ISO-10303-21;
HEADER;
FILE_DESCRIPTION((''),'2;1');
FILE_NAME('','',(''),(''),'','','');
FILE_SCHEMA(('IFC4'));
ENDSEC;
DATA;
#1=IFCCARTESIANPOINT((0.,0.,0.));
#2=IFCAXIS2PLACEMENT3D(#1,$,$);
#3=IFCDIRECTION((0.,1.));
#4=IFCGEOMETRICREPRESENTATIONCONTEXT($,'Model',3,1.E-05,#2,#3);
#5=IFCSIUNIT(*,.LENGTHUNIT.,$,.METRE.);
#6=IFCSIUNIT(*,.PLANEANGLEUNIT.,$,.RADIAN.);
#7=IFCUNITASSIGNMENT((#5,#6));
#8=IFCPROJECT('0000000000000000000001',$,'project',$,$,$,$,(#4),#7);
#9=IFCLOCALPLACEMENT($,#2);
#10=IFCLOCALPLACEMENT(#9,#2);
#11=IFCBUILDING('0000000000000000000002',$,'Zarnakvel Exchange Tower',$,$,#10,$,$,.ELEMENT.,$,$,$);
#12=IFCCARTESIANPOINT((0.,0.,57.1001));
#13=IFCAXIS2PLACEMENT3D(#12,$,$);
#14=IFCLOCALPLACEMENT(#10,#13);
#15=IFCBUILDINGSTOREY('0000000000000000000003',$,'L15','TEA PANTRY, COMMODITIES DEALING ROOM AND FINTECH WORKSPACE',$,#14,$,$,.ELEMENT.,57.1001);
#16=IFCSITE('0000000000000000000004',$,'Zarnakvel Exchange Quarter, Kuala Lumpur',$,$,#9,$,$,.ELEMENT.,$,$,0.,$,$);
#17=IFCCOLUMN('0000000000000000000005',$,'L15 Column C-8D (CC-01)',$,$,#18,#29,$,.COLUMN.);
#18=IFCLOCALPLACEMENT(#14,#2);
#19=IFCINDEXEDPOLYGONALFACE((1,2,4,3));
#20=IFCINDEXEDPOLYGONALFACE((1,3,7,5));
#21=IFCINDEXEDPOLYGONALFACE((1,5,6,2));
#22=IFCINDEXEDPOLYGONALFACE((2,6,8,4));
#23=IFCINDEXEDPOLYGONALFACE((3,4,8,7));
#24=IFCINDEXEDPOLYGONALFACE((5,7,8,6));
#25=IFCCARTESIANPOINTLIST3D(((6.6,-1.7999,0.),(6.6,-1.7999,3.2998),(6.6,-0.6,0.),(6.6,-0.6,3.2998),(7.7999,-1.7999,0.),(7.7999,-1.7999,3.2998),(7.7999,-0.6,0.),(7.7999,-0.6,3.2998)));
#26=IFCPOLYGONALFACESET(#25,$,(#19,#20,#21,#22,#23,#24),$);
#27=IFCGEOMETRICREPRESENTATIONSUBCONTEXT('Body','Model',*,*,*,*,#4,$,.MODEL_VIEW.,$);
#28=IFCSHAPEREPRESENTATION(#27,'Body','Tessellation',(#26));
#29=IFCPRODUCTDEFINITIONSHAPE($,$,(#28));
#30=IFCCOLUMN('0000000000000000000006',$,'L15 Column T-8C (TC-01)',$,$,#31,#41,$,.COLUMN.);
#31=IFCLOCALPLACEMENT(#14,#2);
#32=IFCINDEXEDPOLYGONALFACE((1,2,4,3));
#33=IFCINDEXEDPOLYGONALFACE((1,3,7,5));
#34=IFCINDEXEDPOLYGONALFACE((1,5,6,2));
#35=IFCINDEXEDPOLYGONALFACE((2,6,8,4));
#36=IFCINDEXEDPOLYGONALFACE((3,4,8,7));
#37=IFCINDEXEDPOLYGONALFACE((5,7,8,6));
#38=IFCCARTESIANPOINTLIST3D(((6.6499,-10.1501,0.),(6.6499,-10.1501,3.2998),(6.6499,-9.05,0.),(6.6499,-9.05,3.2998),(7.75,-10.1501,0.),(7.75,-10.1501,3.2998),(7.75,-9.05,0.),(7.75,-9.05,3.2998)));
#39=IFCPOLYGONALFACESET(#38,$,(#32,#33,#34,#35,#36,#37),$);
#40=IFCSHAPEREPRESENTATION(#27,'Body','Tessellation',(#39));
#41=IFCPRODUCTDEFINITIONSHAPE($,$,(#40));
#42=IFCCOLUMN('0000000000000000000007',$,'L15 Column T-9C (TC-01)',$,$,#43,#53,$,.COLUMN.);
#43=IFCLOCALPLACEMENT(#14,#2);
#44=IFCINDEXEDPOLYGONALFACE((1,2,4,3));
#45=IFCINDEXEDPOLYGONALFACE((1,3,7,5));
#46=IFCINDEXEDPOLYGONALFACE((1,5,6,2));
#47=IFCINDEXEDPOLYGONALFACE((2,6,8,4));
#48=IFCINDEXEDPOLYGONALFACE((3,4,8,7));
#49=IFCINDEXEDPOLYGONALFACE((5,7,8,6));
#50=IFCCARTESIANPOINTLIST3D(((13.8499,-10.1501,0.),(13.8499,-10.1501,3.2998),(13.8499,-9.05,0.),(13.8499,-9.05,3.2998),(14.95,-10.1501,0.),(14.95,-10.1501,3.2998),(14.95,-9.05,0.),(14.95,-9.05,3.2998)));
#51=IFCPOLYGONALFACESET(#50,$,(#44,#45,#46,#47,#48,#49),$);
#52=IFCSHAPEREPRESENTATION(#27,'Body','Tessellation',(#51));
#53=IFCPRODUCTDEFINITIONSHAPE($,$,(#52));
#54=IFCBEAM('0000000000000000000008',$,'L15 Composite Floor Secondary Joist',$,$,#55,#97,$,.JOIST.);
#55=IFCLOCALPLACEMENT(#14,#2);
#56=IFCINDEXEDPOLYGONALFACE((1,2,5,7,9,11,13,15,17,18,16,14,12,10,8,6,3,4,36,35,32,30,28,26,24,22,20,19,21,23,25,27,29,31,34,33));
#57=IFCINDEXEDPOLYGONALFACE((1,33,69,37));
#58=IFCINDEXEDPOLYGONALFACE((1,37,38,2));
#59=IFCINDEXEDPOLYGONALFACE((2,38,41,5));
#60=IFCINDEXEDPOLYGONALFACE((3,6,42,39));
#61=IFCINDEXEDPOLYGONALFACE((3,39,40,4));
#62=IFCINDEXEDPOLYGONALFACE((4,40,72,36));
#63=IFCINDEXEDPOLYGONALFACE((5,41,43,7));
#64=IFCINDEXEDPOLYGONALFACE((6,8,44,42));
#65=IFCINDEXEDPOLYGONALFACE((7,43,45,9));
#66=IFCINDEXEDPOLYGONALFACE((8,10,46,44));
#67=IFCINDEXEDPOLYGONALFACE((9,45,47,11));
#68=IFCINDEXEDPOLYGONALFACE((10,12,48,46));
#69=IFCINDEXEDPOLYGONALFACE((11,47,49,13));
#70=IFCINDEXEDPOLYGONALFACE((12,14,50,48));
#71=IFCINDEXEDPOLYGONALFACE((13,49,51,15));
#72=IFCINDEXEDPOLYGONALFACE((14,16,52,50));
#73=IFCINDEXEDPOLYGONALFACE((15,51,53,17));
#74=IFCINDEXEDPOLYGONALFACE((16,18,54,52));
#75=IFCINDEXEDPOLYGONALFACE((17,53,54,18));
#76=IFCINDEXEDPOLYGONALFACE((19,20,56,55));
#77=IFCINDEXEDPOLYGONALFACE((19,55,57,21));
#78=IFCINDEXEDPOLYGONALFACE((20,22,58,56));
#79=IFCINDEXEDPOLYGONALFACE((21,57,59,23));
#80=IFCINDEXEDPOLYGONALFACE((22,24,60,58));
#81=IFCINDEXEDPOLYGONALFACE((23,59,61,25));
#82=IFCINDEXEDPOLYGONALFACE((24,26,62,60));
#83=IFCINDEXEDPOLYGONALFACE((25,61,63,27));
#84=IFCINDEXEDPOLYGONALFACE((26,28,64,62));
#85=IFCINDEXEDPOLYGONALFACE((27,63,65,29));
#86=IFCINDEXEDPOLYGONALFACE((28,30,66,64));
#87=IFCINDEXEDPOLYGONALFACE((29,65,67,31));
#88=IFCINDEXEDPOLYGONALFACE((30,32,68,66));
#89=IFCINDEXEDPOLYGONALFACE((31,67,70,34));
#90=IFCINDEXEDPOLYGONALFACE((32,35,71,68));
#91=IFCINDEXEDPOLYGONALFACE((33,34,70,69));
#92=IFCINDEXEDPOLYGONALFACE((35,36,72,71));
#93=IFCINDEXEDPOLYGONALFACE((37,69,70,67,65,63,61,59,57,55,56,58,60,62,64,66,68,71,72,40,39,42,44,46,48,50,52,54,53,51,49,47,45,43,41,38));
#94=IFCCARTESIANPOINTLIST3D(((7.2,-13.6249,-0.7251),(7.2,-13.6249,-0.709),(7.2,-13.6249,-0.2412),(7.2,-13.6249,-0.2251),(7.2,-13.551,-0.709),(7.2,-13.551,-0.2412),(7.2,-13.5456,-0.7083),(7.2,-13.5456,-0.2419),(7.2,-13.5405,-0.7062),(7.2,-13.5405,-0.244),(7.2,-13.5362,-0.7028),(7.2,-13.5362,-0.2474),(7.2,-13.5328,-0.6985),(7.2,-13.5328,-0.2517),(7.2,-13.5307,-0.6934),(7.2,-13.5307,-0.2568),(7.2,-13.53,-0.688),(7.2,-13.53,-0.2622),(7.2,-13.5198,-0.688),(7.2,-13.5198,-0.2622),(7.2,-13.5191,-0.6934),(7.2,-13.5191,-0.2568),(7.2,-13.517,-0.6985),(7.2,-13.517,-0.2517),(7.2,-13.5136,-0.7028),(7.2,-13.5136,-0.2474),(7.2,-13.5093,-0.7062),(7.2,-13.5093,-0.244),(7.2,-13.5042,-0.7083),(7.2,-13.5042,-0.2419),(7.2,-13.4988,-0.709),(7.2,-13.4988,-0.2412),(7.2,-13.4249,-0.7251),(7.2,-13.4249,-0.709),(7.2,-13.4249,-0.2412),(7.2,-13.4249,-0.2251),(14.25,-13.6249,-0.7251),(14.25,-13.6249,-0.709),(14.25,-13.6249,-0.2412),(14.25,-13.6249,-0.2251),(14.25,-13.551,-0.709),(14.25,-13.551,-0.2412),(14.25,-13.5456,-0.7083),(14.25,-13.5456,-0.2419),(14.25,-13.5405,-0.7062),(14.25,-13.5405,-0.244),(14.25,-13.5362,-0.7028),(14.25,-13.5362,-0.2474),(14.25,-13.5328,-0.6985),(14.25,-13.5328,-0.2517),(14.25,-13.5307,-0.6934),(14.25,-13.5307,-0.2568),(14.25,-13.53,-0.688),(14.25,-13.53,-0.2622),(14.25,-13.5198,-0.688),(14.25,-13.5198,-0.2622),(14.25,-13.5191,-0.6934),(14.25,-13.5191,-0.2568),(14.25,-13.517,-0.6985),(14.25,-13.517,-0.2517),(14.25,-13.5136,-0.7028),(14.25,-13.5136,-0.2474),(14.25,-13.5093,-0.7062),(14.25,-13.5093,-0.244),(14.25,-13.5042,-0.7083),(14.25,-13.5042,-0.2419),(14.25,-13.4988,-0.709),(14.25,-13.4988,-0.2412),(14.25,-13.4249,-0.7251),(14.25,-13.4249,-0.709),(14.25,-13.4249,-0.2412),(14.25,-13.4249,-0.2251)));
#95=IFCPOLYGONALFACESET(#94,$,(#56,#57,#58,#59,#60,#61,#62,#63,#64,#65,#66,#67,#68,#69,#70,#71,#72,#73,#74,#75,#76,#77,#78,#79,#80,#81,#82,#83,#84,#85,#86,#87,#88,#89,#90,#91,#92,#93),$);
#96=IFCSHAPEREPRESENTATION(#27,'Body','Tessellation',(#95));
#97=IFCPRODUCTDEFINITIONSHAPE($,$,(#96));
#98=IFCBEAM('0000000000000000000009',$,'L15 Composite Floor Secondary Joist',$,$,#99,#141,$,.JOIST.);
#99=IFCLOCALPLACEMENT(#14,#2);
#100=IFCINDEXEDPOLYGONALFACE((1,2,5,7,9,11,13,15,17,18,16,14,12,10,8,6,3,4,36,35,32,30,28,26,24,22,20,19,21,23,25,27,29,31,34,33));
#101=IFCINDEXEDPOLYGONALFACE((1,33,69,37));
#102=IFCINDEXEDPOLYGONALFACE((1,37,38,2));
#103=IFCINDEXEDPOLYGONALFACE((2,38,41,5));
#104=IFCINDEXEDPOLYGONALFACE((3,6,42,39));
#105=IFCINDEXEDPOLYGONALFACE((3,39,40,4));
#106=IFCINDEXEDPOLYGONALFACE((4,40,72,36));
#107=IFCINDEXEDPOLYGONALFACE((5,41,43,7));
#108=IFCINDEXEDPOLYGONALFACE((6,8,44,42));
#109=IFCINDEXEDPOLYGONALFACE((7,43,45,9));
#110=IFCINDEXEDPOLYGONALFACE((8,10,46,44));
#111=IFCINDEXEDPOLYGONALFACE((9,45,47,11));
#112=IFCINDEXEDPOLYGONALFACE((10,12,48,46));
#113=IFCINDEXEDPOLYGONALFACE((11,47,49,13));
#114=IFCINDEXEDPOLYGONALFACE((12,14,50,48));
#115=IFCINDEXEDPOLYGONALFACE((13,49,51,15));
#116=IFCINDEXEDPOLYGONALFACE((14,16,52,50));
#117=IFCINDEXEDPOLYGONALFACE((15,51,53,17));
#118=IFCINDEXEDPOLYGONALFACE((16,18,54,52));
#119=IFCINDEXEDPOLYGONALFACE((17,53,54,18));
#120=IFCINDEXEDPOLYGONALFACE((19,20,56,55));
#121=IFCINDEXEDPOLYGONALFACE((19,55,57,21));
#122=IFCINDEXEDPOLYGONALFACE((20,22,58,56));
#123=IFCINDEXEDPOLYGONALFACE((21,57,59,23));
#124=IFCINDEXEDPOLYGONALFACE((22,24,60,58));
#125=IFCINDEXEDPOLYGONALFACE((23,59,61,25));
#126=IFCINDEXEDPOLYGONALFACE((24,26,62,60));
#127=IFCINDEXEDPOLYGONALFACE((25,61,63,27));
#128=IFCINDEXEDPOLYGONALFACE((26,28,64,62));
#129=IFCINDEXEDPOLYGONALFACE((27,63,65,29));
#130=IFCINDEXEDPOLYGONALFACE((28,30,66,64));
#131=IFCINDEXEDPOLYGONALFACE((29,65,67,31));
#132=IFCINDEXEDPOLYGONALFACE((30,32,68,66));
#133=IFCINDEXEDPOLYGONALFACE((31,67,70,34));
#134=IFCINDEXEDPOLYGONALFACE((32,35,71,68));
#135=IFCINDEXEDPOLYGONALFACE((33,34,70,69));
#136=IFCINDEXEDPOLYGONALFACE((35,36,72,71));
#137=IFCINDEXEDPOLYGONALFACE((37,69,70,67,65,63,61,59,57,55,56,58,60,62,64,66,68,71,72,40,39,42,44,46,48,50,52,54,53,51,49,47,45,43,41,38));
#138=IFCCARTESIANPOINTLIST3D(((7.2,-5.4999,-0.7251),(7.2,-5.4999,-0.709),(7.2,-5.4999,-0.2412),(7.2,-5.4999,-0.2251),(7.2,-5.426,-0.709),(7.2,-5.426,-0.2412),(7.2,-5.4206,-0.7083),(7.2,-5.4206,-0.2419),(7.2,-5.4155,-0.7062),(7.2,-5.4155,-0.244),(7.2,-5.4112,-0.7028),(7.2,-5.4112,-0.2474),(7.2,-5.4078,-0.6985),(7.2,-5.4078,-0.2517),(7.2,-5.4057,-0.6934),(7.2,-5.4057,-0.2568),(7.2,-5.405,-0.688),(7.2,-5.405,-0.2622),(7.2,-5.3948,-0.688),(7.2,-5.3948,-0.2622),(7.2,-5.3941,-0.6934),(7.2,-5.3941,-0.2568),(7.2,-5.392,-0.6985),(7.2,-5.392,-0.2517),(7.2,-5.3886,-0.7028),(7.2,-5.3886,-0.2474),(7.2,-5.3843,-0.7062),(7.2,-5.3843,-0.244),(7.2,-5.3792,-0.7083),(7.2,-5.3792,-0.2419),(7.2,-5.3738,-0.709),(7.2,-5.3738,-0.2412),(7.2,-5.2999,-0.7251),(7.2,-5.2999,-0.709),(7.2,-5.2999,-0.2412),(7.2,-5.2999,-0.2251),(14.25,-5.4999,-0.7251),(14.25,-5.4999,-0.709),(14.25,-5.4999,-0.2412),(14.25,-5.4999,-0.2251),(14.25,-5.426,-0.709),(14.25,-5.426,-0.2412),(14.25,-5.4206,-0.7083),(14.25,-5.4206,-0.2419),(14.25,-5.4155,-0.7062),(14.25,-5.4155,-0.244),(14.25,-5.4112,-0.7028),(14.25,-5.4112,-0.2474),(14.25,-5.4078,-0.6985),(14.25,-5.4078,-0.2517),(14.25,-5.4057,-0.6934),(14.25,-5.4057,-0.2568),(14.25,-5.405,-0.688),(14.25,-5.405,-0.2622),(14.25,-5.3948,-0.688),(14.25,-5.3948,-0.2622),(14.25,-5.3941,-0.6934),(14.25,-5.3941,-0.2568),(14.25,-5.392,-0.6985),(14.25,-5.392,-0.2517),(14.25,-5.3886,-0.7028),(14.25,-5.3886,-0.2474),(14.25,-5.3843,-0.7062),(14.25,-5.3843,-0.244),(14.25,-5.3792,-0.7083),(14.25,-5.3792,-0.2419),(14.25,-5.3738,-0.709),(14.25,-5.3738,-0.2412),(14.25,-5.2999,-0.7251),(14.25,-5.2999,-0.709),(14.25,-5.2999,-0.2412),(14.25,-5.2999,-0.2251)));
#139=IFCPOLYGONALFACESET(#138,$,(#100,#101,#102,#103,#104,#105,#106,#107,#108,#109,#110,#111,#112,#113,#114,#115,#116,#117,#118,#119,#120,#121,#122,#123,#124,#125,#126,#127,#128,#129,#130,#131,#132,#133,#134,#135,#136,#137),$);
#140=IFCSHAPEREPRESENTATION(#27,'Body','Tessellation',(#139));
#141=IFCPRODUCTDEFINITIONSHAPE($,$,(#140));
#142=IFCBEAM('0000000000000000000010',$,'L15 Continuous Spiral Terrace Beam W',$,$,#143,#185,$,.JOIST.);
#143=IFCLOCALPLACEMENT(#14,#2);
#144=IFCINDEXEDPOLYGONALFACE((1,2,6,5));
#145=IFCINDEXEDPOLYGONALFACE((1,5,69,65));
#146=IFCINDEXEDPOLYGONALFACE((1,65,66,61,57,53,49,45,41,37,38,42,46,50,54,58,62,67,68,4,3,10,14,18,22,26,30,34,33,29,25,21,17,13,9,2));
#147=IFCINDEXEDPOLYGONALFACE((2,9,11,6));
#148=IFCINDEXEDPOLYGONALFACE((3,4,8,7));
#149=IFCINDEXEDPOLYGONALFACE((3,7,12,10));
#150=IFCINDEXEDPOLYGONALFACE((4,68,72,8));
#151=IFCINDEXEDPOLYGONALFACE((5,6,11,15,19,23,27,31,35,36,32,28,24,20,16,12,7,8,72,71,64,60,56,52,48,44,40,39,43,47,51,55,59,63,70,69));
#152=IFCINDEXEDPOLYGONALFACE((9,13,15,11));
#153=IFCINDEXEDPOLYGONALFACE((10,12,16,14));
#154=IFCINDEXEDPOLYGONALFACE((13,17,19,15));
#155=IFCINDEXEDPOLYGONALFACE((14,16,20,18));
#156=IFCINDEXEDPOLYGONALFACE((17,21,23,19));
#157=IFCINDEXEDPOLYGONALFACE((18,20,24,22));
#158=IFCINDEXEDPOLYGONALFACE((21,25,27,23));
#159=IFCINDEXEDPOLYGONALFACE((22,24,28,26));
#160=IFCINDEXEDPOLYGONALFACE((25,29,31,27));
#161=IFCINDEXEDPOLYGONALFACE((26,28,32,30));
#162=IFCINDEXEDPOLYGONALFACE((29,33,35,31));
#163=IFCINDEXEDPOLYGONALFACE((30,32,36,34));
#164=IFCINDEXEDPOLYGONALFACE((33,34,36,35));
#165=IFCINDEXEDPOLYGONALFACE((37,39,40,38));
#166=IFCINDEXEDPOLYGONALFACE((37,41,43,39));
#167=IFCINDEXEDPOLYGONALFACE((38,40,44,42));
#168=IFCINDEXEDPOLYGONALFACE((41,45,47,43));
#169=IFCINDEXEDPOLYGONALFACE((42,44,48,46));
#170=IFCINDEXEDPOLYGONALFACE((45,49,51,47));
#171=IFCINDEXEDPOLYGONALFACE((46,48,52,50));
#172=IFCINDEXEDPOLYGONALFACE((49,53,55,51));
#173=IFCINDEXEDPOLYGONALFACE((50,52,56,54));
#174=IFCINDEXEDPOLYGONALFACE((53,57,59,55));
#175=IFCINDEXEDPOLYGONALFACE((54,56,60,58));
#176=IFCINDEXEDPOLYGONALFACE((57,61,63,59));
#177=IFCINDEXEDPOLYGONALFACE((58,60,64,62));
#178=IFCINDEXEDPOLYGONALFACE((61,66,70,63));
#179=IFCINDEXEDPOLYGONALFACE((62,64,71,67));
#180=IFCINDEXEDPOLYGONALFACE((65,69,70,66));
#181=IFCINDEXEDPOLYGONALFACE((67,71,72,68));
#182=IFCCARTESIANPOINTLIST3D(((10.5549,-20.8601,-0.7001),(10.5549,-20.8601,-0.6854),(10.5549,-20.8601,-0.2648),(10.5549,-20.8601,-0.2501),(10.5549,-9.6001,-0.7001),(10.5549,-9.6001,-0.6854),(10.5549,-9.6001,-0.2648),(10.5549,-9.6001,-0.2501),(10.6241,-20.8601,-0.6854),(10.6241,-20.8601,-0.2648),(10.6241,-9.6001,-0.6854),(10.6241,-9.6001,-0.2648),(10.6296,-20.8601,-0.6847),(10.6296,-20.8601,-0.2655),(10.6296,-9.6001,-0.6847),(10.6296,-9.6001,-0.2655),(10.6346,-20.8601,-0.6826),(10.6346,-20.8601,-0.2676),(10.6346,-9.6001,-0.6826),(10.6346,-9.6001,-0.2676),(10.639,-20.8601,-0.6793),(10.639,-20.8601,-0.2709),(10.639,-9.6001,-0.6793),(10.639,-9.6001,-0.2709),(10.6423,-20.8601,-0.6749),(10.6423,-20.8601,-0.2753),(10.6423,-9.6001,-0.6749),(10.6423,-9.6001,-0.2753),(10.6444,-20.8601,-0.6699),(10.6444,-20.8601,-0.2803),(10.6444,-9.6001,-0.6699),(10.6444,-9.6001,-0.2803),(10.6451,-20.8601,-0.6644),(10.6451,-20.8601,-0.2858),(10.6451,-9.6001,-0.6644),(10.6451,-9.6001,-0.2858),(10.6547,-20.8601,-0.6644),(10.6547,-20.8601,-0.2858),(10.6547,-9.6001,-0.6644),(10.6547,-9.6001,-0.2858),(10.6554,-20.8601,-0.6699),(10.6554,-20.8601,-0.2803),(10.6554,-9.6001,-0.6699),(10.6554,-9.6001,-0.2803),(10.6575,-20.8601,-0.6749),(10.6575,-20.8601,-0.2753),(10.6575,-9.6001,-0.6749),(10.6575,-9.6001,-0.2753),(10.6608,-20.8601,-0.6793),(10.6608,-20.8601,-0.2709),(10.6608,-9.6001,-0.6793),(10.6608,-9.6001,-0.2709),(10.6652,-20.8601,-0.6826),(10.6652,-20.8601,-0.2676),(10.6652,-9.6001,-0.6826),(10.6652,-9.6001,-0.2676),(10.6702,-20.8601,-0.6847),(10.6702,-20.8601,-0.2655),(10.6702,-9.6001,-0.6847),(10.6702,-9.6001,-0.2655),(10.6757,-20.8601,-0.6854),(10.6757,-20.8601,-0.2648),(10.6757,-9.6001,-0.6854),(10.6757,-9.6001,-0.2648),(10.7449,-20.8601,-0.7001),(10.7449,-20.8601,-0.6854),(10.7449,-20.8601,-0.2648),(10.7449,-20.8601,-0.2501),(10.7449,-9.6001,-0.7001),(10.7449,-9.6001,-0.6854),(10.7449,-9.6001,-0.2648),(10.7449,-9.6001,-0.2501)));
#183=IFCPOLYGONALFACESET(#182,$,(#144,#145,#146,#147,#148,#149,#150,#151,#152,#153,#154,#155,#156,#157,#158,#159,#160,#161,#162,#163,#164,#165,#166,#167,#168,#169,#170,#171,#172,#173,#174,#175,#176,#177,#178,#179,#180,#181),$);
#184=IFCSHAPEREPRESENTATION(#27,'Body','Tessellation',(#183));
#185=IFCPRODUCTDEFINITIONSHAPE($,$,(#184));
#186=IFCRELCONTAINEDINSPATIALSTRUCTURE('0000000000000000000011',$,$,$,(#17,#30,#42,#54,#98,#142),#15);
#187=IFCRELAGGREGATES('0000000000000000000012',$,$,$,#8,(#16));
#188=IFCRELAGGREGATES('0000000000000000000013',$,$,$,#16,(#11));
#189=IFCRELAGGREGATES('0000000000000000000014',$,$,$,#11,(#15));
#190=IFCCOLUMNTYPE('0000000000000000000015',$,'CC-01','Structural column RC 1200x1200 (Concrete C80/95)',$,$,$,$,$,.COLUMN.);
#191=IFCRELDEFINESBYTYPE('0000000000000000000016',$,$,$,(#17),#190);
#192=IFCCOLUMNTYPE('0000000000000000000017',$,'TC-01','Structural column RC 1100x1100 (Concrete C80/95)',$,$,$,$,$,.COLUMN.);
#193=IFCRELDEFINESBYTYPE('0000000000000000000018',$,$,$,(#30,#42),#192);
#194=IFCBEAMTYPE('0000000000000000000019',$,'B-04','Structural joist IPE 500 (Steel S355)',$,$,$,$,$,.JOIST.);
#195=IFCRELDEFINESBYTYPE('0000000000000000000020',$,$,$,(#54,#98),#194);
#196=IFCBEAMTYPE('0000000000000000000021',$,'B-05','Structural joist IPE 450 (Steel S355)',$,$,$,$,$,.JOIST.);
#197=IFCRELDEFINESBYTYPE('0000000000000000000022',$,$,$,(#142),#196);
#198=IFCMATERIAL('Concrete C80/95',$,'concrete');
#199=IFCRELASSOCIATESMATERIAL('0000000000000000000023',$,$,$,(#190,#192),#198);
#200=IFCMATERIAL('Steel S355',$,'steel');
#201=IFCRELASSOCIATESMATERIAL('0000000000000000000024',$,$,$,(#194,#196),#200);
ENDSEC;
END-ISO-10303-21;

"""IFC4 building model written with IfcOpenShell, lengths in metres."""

from ifc_helpers import new_model, si_unit, direction, frame, origin, origin_2d, place, context, subcontext, project, spatial, rectangle, i_section, extrude, material, material_profile, profile_set, type_object, element, save


model = new_model("IFC4")

# Units and contexts
model_context = context("Model", 3, precision=1e-05, world=origin(), true_north=direction((0.0, 1.0)))
body_context = subcontext(model_context, "Body", "Model", "MODEL_VIEW")
ifc_project = project(units=[si_unit("LENGTHUNIT", "METRE"), si_unit("PLANEANGLEUNIT", "RADIAN")], contexts=[model_context])

# Site, building, storey
site_placement = place(None, origin())
site = spatial("IfcSite", under=ifc_project, at=site_placement, Name="Zarnakvel Exchange Quarter, Kuala Lumpur", CompositionType="ELEMENT", RefElevation=0.0)
building_placement = place(site_placement, origin())
building = spatial("IfcBuilding", under=site, at=building_placement, Name="Zarnakvel Exchange Tower", CompositionType="ELEMENT")
storey_placement = place(building_placement, frame((0.0, 0.0, 57.1001)))
storey = spatial("IfcBuildingStorey", under=building, at=storey_placement, Name="L15", Description="TEA PANTRY, COMMODITIES DEALING ROOM AND FINTECH WORKSPACE", CompositionType="ELEMENT", Elevation=57.1001)

# Columns
ifc_material_1 = material(Name="Concrete C80/95", Category="concrete")
ifc_material_profile_1 = material_profile(ifc_material_1, rectangle(XDim=1.2, YDim=1.2, at=origin_2d()))
ifc_profile_set_1 = profile_set([ifc_material_profile_1], Name="Concrete C80/95")
column_type_1 = type_object("IfcColumnType", Name="CC-01", Description="Structural column RC 1200x1200 (Concrete C80/95)", PredefinedType="COLUMN", material=ifc_profile_set_1)
column_placement = place(storey_placement, frame((7.2, -1.2, 0.0), z_axis=(0.0, 0.0, 1.0), x_axis=(1.0, 0.0, 0.0)))
element("IfcColumn", 1, at=column_placement, inside=storey, type_object=column_type_1, Name="L15 Column C-8D (CC-01)", PredefinedType="COLUMN", context=body_context, shape_type="SweptSolid", body=[
    extrude(rectangle(XDim=1.2, YDim=1.2, at=origin_2d()), origin(), (0.0, 0.0, 1.0), 3.2998),
])
ifc_material_profile_2 = material_profile(ifc_material_1, rectangle(XDim=1.1001, YDim=1.1001, at=origin_2d()))
ifc_profile_set_2 = profile_set([ifc_material_profile_2], Name="Concrete C80/95")
column_type_2 = type_object("IfcColumnType", Name="TC-01", Description="Structural column RC 1100x1100 (Concrete C80/95)", PredefinedType="COLUMN", material=ifc_profile_set_2)
for number, where, z_axis, x_axis, name in (
    (2, (7.2, -9.6001, 0.0), (0.0, 0.0, 1.0), (1.0, 0.0, 0.0), "L15 Column T-8C (TC-01)"),
    (3, (14.3999, -9.6001, 0.0), (0.0, 0.0, 1.0), (1.0, 0.0, 0.0), "L15 Column T-9C (TC-01)"),
):
    element("IfcColumn", number, at=place(storey_placement, frame(where, z_axis=z_axis, x_axis=x_axis)), inside=storey, type_object=column_type_2, Name=name, PredefinedType="COLUMN", context=body_context, shape_type="SweptSolid", body=[
        extrude(rectangle(XDim=1.1001, YDim=1.1001, at=origin_2d()), origin(), (0.0, 0.0, 1.0), 3.2998),
    ])

# Beams
ifc_material_2 = material(Name="Steel S355", Category="steel")
ifc_material_profile_3 = material_profile(ifc_material_2, i_section(OverallWidth=0.2, OverallDepth=0.5, WebThickness=0.0103, FlangeThickness=0.0161, FilletRadius=0.021, at=origin_2d()))
ifc_profile_set_3 = profile_set([ifc_material_profile_3], Name="Steel S355")
beam_type_1 = type_object("IfcBeamType", Name="B-04", Description="Structural joist IPE 500 (Steel S355)", PredefinedType="JOIST", material=ifc_profile_set_3)
for number, where, z_axis, x_axis, name in (
    (4, (7.2, -13.5249, -0.4751), (1.0, 0.0, 0.0), (0.0, 1.0, 0.0), "L15 Composite Floor Secondary Joist"),
    (5, (7.2, -5.3999, -0.4751), (1.0, 0.0, 0.0), (0.0, 1.0, 0.0), "L15 Composite Floor Secondary Joist"),
):
    element("IfcBeam", number, at=place(storey_placement, frame(where, z_axis=z_axis, x_axis=x_axis)), inside=storey, type_object=beam_type_1, Name=name, PredefinedType="JOIST", context=body_context, shape_type="SweptSolid", body=[
        extrude(i_section(OverallWidth=0.2, OverallDepth=0.5, WebThickness=0.0103, FlangeThickness=0.0161, FilletRadius=0.021, at=origin_2d()), origin(), (0.0, 0.0, 1.0), 7.05),
    ])
ifc_material_profile_4 = material_profile(ifc_material_2, i_section(OverallWidth=0.1899, OverallDepth=0.45, WebThickness=0.0095, FlangeThickness=0.0146, FilletRadius=0.021, at=origin_2d()))
ifc_profile_set_4 = profile_set([ifc_material_profile_4], Name="Steel S355")
beam_type_2 = type_object("IfcBeamType", Name="B-05", Description="Structural joist IPE 450 (Steel S355)", PredefinedType="JOIST", material=ifc_profile_set_4)
beam_1_placement = place(storey_placement, frame((10.6499, -9.6001, -0.4751), z_axis=(0.0, -1.0, 0.0), x_axis=(1.0, 0.0, 0.0)))
element("IfcBeam", 6, at=beam_1_placement, inside=storey, type_object=beam_type_2, Name="L15 Continuous Spiral Terrace Beam W", PredefinedType="JOIST", context=body_context, shape_type="SweptSolid", body=[
    extrude(i_section(OverallWidth=0.1899, OverallDepth=0.45, WebThickness=0.0095, FlangeThickness=0.0146, FilletRadius=0.021, at=origin_2d()), origin(), (0.0, 0.0, 1.0), 11.26),
])

save(model, "model.ifc")
